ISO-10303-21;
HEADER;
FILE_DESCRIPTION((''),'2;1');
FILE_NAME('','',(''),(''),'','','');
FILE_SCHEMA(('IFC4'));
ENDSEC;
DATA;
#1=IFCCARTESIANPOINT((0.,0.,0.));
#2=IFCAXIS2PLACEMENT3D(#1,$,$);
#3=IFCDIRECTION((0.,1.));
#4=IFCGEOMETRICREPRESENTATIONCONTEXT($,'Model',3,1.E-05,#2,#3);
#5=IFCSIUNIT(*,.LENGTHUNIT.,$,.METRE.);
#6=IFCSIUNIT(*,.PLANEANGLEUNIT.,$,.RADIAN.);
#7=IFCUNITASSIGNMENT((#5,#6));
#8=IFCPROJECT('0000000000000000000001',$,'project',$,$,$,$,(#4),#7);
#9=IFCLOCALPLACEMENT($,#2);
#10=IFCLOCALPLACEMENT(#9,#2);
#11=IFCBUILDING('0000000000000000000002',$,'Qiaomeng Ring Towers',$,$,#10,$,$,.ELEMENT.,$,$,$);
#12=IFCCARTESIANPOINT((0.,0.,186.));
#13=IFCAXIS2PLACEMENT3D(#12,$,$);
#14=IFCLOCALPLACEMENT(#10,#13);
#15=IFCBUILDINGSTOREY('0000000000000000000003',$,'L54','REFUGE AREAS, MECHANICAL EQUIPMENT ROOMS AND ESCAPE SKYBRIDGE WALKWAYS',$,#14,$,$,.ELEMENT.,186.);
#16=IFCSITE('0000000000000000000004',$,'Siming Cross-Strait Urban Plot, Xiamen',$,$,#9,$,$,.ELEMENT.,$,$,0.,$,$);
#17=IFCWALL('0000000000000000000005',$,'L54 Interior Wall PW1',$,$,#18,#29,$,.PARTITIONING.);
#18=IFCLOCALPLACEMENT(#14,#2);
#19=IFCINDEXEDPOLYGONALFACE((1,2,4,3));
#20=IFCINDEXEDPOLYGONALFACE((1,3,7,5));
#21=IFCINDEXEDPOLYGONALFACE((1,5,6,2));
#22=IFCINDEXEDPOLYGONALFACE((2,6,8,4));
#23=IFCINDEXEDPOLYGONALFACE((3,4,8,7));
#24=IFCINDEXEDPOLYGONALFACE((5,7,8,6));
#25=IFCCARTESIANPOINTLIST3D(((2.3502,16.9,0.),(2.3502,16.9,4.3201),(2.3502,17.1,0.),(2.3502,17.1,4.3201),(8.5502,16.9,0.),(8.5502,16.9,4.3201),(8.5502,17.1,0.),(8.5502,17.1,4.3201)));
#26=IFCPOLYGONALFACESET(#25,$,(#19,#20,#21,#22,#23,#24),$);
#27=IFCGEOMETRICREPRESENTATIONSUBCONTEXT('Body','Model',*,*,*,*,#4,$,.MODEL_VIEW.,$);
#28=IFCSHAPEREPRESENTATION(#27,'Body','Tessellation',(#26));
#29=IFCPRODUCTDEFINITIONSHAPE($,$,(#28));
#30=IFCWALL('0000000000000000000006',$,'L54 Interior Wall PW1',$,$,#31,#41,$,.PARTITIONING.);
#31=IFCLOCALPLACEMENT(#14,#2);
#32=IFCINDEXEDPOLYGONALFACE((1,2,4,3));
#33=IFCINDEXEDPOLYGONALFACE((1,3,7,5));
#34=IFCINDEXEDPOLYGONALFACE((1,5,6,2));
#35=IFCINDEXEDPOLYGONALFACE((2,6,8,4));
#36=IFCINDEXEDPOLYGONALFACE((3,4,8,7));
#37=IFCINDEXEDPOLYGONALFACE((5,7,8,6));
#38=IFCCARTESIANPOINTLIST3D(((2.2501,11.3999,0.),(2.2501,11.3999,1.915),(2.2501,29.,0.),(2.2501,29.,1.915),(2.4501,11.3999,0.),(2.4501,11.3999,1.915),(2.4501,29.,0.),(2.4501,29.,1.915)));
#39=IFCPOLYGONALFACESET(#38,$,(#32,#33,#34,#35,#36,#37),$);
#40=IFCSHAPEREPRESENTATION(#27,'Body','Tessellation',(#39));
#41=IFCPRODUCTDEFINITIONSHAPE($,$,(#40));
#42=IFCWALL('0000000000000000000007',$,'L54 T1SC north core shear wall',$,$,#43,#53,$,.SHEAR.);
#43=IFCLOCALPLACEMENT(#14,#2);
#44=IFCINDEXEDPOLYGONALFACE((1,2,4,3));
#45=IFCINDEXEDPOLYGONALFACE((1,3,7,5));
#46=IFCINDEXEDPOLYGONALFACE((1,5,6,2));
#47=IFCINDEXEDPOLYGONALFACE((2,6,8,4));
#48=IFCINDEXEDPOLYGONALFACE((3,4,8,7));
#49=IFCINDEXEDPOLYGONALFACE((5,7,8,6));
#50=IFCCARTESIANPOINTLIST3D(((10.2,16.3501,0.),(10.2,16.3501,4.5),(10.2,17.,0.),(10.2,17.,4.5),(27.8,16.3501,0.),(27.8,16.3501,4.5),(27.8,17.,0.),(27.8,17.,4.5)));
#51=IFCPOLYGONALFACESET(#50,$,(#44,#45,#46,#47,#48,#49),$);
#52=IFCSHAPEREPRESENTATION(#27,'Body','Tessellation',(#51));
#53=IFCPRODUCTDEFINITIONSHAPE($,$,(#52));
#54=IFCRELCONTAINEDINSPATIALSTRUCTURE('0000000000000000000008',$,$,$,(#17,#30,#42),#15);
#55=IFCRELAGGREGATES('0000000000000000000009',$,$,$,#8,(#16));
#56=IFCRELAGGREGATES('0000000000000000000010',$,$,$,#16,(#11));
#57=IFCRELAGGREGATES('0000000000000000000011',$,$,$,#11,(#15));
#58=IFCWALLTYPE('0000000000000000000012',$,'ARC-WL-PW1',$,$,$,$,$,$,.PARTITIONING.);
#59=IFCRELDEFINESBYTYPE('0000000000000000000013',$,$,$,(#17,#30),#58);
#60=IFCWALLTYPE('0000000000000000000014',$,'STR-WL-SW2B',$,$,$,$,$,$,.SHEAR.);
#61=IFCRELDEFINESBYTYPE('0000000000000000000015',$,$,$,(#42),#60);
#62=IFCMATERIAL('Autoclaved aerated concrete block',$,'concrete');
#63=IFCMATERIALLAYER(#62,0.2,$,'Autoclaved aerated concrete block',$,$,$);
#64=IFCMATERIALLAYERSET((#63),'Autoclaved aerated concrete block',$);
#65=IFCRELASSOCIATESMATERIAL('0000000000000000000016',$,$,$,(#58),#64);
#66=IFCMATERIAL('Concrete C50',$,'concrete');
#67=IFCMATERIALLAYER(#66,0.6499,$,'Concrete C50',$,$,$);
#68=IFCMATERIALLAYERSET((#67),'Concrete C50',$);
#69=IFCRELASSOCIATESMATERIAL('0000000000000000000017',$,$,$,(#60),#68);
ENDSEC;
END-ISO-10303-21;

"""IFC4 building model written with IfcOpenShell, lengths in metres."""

from ifc_helpers import new_model, si_unit, direction, frame, frame_2d, origin, place, context, subcontext, project, spatial, rectangle, extrude, material, layer, layer_set, type_object, element, save


model = new_model("IFC4")

# Units and contexts
model_context = context("Model", 3, precision=1e-05, world=origin(), true_north=direction((0.0, 1.0)))
body_context = subcontext(model_context, "Body", "Model", "MODEL_VIEW")
ifc_project = project(units=[si_unit("LENGTHUNIT", "METRE"), si_unit("PLANEANGLEUNIT", "RADIAN")], contexts=[model_context])

# Site, building, storey
site_placement = place(None, origin())
site = spatial("IfcSite", under=ifc_project, at=site_placement, Name="Siming Cross-Strait Urban Plot, Xiamen", CompositionType="ELEMENT", RefElevation=0.0)
building_placement = place(site_placement, origin())
building = spatial("IfcBuilding", under=site, at=building_placement, Name="Qiaomeng Ring Towers", CompositionType="ELEMENT")
storey_placement = place(building_placement, frame((0.0, 0.0, 186.0)))
storey = spatial("IfcBuildingStorey", under=building, at=storey_placement, Name="L54", Description="REFUGE AREAS, MECHANICAL EQUIPMENT ROOMS AND ESCAPE SKYBRIDGE WALKWAYS", CompositionType="ELEMENT", Elevation=186.0)

# Shared definitions
ifc_material_1 = material(Name="Concrete C50", Category="concrete")

# Shared definitions
ifc_material_2 = material(Name="Autoclaved aerated concrete block", Category="concrete")
ifc_layer_1 = layer(ifc_material_2, 0.2, Name="Autoclaved aerated concrete block")
ifc_layer_set_1 = layer_set([ifc_layer_1], Name="Autoclaved aerated concrete block")
wall_type_1 = type_object("IfcWallType", Name="ARC-WL-PW1", PredefinedType="PARTITIONING", material=ifc_layer_set_1)

# Walls
wall_1_placement = place(storey_placement, frame((2.3501, 17.0, 0.0), z_axis=(0.0, 0.0, 1.0), x_axis=(1.0, 0.0, 0.0)))
element("IfcWall", 1, at=wall_1_placement, inside=storey, type_object=wall_type_1, Name="L54 Interior Wall PW1", PredefinedType="PARTITIONING", context=body_context, shape_type="SweptSolid", body=[
    extrude(rectangle(XDim=6.2, YDim=0.2, at=frame_2d((3.1001, 0.0))), origin(), (0.0, 0.0, 1.0), 4.3201),
])
wall_2_placement = place(storey_placement, frame((2.3501, 11.3999, 0.0), z_axis=(0.0, 0.0, 1.0), x_axis=(0.0, 1.0, 0.0)))
element("IfcWall", 2, at=wall_2_placement, inside=storey, type_object=wall_type_1, Name="L54 Interior Wall PW1", PredefinedType="PARTITIONING", context=body_context, shape_type="SweptSolid", body=[
    extrude(rectangle(XDim=17.6001, YDim=0.2, at=frame_2d((8.8, 0.0))), origin(), (0.0, 0.0, 1.0), 1.915),
])
ifc_layer_2 = layer(ifc_material_1, 0.6499, Name="Concrete C50")
ifc_layer_set_2 = layer_set([ifc_layer_2], Name="Concrete C50")
wall_type_2 = type_object("IfcWallType", Name="STR-WL-SW2B", PredefinedType="SHEAR", material=ifc_layer_set_2)
wall_3_placement = place(storey_placement, frame((10.2, 16.675, 0.0), z_axis=(0.0, 0.0, 1.0), x_axis=(1.0, 0.0, 0.0)))
element("IfcWall", 3, at=wall_3_placement, inside=storey, type_object=wall_type_2, Name="L54 T1SC north core shear wall", PredefinedType="SHEAR", context=body_context, shape_type="SweptSolid", body=[
    extrude(rectangle(XDim=17.6001, YDim=0.6499, at=frame_2d((8.8, 0.0))), origin(), (0.0, 0.0, 1.0), 4.5),
])

save(model, "model.ifc")
